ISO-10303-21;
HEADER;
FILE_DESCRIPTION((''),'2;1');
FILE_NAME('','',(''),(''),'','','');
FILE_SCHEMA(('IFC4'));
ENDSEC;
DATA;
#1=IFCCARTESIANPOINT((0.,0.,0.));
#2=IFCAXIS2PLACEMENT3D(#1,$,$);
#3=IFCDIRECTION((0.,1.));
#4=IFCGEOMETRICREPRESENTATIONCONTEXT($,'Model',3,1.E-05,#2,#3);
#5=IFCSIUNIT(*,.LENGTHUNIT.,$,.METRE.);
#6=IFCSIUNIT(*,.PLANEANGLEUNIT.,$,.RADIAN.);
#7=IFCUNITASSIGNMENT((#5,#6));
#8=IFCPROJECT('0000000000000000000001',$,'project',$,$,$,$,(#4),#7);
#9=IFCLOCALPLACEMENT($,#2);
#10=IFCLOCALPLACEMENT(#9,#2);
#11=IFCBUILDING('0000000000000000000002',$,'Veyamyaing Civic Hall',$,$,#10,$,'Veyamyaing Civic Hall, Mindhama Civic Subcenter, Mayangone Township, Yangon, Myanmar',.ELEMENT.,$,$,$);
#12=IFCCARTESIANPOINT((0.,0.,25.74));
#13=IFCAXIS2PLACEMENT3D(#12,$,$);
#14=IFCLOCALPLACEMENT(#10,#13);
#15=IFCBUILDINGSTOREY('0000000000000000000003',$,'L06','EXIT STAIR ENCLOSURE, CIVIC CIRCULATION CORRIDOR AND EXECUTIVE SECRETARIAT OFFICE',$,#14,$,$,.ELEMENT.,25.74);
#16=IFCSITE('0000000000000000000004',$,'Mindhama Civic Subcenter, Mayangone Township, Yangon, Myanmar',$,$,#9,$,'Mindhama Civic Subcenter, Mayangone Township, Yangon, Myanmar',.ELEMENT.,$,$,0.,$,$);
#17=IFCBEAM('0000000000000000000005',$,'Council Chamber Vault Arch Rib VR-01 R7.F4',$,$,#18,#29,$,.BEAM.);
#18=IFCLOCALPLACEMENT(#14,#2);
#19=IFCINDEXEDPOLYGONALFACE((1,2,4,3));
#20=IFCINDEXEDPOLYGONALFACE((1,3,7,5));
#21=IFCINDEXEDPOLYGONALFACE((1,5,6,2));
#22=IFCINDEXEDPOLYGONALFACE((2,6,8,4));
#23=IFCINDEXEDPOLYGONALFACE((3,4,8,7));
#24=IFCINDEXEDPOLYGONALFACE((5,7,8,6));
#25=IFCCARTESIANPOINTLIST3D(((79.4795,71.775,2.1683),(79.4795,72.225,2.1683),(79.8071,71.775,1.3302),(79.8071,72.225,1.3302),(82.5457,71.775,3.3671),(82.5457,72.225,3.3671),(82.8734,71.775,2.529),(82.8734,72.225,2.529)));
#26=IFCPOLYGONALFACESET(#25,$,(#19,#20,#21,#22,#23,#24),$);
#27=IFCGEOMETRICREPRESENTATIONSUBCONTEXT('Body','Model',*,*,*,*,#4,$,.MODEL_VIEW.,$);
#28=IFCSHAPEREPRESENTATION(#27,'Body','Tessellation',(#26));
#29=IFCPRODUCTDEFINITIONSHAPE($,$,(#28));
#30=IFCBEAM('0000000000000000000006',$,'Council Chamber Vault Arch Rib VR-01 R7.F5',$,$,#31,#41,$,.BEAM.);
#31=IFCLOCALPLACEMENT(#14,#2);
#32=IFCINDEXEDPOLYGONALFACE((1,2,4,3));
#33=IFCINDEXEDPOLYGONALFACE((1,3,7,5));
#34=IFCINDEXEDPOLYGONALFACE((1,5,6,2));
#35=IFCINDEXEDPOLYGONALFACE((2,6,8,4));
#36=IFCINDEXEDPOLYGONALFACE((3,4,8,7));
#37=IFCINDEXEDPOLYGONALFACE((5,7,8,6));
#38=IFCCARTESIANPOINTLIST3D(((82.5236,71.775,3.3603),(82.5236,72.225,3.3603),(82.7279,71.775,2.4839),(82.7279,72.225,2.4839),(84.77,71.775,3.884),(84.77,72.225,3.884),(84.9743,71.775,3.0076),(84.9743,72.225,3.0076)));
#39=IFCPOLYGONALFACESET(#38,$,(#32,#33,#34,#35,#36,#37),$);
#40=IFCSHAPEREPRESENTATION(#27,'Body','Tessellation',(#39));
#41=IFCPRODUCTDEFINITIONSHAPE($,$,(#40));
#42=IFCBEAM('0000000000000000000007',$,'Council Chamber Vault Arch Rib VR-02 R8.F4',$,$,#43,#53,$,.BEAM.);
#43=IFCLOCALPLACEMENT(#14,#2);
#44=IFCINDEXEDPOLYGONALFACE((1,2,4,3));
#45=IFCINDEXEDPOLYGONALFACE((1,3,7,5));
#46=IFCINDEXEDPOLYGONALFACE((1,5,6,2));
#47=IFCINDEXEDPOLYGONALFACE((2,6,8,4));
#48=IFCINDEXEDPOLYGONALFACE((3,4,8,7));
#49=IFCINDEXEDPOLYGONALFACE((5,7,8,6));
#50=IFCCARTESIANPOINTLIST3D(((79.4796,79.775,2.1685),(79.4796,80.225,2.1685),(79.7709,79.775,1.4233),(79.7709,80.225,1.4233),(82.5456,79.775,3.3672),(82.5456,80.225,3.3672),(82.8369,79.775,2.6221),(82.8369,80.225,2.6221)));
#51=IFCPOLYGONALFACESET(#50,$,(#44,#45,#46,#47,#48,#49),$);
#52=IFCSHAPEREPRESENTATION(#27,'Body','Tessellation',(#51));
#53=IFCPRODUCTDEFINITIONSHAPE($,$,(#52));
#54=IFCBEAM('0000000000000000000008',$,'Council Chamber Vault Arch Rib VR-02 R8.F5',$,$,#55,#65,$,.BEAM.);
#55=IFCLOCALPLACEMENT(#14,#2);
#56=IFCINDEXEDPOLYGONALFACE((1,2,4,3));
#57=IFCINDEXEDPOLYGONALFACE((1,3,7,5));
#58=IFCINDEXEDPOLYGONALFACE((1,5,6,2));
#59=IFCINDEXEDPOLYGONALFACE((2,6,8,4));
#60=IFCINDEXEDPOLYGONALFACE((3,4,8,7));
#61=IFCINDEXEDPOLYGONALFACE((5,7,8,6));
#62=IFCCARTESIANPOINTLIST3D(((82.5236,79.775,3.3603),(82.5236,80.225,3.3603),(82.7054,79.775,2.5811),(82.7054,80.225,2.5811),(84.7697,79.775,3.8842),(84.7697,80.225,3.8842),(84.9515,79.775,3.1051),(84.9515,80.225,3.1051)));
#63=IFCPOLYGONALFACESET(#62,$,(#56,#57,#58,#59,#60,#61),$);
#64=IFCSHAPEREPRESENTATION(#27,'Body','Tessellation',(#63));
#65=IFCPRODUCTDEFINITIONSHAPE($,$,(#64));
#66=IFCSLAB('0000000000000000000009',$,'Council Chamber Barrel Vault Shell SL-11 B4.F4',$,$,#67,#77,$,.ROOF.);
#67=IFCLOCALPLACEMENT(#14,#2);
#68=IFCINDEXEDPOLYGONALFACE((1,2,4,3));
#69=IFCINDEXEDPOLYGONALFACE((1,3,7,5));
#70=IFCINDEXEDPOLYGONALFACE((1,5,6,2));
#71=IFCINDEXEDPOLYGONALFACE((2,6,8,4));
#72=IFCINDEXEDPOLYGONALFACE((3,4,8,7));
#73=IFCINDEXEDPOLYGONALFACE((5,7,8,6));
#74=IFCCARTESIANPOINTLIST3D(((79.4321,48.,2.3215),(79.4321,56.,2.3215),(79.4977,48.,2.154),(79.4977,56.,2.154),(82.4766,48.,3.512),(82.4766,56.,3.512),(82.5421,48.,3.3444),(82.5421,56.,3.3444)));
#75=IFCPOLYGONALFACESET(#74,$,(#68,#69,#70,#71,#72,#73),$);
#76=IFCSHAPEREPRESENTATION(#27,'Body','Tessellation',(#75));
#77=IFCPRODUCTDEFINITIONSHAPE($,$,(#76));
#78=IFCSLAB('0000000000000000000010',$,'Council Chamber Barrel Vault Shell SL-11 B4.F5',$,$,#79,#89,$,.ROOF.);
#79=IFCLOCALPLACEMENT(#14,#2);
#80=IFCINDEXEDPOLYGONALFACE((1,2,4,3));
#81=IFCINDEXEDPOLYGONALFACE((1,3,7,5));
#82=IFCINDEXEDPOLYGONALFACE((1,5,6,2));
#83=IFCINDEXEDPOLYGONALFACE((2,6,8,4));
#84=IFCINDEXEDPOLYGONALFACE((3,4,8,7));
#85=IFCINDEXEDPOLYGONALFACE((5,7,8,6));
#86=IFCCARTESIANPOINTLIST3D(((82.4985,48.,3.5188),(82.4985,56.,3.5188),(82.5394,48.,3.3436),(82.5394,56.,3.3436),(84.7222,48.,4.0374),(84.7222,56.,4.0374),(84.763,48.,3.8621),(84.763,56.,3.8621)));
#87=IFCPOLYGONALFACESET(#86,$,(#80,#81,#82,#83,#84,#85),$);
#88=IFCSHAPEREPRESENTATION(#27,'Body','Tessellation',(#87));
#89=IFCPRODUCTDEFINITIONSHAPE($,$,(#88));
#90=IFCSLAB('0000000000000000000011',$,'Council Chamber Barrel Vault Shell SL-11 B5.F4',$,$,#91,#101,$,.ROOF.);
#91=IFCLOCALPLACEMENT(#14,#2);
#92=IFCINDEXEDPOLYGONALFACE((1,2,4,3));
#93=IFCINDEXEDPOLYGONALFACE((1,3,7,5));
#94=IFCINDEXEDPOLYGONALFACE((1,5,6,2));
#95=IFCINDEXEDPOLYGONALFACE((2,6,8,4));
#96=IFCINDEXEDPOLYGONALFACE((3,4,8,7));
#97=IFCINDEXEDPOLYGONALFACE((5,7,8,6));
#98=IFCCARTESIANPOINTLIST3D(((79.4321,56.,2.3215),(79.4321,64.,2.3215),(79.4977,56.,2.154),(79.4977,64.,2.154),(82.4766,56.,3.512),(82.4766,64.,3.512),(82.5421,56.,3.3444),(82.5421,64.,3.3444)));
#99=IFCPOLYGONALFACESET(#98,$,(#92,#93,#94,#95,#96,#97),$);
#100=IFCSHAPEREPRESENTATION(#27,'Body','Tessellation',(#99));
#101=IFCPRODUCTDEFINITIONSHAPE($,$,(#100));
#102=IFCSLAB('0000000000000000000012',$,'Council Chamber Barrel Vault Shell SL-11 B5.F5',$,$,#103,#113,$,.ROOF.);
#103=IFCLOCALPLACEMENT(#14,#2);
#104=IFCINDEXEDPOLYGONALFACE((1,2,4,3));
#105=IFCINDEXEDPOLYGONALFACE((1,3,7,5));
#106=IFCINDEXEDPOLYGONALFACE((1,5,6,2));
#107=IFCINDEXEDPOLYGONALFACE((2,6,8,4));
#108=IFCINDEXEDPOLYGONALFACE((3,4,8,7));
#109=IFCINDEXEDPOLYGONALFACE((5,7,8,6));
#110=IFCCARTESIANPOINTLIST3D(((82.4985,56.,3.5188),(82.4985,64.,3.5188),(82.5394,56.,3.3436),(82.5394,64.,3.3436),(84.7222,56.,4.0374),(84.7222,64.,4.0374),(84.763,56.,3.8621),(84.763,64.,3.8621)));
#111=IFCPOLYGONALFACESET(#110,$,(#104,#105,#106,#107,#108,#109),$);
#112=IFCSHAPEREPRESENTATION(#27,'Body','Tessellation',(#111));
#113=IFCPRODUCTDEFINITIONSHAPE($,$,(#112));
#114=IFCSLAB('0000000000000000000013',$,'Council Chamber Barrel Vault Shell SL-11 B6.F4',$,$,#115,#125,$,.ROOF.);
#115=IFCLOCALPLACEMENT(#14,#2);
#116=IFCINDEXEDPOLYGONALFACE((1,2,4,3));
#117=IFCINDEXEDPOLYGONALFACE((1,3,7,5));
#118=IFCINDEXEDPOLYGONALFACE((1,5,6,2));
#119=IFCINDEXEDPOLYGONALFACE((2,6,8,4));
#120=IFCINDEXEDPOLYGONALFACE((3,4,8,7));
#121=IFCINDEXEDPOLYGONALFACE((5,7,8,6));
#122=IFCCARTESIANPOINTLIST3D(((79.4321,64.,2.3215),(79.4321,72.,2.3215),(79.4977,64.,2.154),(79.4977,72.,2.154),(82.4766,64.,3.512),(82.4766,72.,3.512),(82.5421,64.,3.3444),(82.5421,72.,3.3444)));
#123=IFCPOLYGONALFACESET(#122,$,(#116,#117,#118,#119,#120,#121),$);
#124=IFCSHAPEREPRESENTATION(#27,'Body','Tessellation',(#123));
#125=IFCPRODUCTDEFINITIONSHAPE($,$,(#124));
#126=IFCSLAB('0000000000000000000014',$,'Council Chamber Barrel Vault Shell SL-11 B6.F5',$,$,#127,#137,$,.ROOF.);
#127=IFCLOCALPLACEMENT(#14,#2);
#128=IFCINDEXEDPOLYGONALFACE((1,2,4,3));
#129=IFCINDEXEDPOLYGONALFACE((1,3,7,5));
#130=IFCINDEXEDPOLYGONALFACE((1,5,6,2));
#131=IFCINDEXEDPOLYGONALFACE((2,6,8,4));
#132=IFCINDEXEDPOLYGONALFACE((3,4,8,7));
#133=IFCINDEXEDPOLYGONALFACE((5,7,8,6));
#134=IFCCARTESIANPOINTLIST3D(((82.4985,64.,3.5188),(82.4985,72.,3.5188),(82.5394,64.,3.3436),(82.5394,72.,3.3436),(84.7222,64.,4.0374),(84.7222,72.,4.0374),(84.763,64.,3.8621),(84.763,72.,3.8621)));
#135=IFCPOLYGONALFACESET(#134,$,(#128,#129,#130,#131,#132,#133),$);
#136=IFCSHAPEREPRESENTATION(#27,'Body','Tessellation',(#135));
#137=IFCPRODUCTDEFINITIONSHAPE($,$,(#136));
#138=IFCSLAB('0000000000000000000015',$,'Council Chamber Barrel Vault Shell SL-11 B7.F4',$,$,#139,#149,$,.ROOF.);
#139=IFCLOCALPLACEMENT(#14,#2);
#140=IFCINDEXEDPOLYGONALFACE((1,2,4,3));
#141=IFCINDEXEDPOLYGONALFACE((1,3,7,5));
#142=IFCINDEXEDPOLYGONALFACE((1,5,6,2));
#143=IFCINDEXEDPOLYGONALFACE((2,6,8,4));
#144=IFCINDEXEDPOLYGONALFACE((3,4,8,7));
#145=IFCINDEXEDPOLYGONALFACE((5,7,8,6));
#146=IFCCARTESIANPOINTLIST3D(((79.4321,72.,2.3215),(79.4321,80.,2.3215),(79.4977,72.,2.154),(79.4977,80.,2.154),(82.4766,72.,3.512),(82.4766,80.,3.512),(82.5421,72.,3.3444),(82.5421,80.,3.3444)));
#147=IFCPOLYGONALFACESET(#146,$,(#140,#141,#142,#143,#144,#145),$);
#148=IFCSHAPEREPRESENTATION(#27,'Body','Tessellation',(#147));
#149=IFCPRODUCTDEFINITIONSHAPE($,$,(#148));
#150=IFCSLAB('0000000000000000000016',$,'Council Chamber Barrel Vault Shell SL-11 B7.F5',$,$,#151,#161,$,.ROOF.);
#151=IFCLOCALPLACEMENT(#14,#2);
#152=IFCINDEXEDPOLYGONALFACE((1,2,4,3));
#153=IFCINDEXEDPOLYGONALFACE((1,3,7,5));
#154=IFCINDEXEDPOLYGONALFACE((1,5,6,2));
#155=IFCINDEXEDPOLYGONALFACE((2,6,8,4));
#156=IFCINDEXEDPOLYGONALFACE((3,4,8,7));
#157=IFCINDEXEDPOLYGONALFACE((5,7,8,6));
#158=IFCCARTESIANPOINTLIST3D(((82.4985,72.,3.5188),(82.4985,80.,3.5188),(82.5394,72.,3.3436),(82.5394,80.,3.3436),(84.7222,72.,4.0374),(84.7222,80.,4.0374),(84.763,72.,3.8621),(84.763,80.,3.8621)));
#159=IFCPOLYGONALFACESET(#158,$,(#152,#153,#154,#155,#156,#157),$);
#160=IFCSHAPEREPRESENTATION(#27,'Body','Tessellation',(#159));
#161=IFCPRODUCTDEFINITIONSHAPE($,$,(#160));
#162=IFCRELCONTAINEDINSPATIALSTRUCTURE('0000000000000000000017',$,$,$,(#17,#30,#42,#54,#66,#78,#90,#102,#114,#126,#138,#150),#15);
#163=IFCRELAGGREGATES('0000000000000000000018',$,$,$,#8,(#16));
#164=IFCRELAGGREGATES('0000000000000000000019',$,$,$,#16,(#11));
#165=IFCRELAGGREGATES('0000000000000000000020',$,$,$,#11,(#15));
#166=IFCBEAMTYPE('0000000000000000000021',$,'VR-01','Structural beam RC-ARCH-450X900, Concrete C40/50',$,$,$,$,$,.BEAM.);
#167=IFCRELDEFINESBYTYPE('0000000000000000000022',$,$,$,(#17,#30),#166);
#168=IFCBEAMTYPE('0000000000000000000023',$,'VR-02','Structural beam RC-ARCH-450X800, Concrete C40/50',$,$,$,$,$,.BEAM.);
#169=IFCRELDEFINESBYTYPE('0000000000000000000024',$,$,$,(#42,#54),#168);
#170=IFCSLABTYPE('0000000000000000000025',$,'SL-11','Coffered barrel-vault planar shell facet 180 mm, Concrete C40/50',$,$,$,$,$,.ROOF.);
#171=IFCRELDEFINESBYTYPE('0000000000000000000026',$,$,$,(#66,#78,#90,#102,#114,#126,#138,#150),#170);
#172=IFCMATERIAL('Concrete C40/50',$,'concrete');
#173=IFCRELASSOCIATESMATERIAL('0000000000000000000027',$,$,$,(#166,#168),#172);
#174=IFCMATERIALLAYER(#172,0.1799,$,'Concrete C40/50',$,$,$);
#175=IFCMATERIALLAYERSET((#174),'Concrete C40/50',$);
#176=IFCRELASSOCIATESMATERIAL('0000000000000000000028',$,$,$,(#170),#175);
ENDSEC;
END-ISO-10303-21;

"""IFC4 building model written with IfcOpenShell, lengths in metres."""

from ifc_helpers import new_model, si_unit, direction, frame, origin, origin_2d, place, context, subcontext, project, spatial, polyline, rectangle, outline, extrude, material, layer, layer_set, material_profile, profile_set, type_object, element, save


model = new_model("IFC4")

# Units and contexts
model_context = context("Model", 3, precision=1e-05, world=origin(), true_north=direction((0.0, 1.0)))
body_context = subcontext(model_context, "Body", "Model", "MODEL_VIEW")
ifc_project = project(units=[si_unit("LENGTHUNIT", "METRE"), si_unit("PLANEANGLEUNIT", "RADIAN")], contexts=[model_context])

# Site, building, storey
site_placement = place(None, origin())
site = spatial("IfcSite", under=ifc_project, at=site_placement, Name="Mindhama Civic Subcenter, Mayangone Township, Yangon, Myanmar", LongName="Mindhama Civic Subcenter, Mayangone Township, Yangon, Myanmar", CompositionType="ELEMENT", RefElevation=0.0)
building_placement = place(site_placement, origin())
building = spatial("IfcBuilding", under=site, at=building_placement, Name="Veyamyaing Civic Hall", LongName="Veyamyaing Civic Hall, Mindhama Civic Subcenter, Mayangone Township, Yangon, Myanmar", CompositionType="ELEMENT")
storey_placement = place(building_placement, frame((0.0, 0.0, 25.74)))
storey = spatial("IfcBuildingStorey", under=building, at=storey_placement, Name="L06", Description="EXIT STAIR ENCLOSURE, CIVIC CIRCULATION CORRIDOR AND EXECUTIVE SECRETARIAT OFFICE", CompositionType="ELEMENT", Elevation=25.74)

# Beams
ifc_material = material(Name="Concrete C40/50", Category="concrete")
ifc_material_profile_1 = material_profile(ifc_material, rectangle(XDim=0.45, YDim=0.8999, at=origin_2d()), Name="RC-ARCH-450X900")
ifc_profile_set_1 = profile_set([ifc_material_profile_1], Name="Concrete C40/50")
beam_type_1 = type_object("IfcBeamType", Name="VR-01", Description="Structural beam RC-ARCH-450X900, Concrete C40/50", PredefinedType="BEAM", material=ifc_profile_set_1)
beam_1_placement = place(storey_placement, frame((79.6433, 72.0, 1.7493), z_axis=(0.931353, 0.0, 0.364117), x_axis=(0.0, 1.0, 0.0)))
element("IfcBeam", 1, at=beam_1_placement, inside=storey, type_object=beam_type_1, Name="Council Chamber Vault Arch Rib VR-01 R7.F4", PredefinedType="BEAM", context=body_context, shape_type="SweptSolid", body=[
    extrude(rectangle(XDim=0.45, YDim=0.8999, at=origin_2d()), origin(), (0.0, 0.0, 1.0), 3.2922),
])
beam_2_placement = place(storey_placement, frame((82.6257, 72.0, 2.9221), z_axis=(0.973886, 0.0, 0.227039), x_axis=(0.0, 1.0, 0.0)))
element("IfcBeam", 2, at=beam_2_placement, inside=storey, type_object=beam_type_1, Name="Council Chamber Vault Arch Rib VR-01 R7.F5", PredefinedType="BEAM", context=body_context, shape_type="SweptSolid", body=[
    extrude(rectangle(XDim=0.45, YDim=0.8999, at=origin_2d()), origin(), (0.0, 0.0, 1.0), 2.3066),
])
ifc_material_profile_2 = material_profile(ifc_material, rectangle(XDim=0.45, YDim=0.8, at=origin_2d()), Name="RC-ARCH-450X800")
ifc_profile_set_2 = profile_set([ifc_material_profile_2], Name="Concrete C40/50")
beam_type_2 = type_object("IfcBeamType", Name="VR-02", Description="Structural beam RC-ARCH-450X800, Concrete C40/50", PredefinedType="BEAM", material=ifc_profile_set_2)
beam_3_placement = place(storey_placement, frame((79.6252, 80.0, 1.7959), z_axis=(0.931343, 0.0, 0.364142), x_axis=(0.0, 1.0, 0.0)))
element("IfcBeam", 3, at=beam_3_placement, inside=storey, type_object=beam_type_2, Name="Council Chamber Vault Arch Rib VR-02 R8.F4", PredefinedType="BEAM", context=body_context, shape_type="SweptSolid", body=[
    extrude(rectangle(XDim=0.45, YDim=0.8, at=origin_2d()), origin(), (0.0, 0.0, 1.0), 3.292),
])
beam_4_placement = place(storey_placement, frame((82.6145, 80.0, 2.9707), z_axis=(0.973857, 0.0, 0.227163), x_axis=(0.0, 1.0, 0.0)))
element("IfcBeam", 4, at=beam_4_placement, inside=storey, type_object=beam_type_2, Name="Council Chamber Vault Arch Rib VR-02 R8.F5", PredefinedType="BEAM", context=body_context, shape_type="SweptSolid", body=[
    extrude(rectangle(XDim=0.45, YDim=0.8, at=origin_2d()), origin(), (0.0, 0.0, 1.0), 2.3064),
])

# Slabs
ifc_layer = layer(ifc_material, 0.1799, Name="Concrete C40/50")
ifc_layer_set = layer_set([ifc_layer], Name="Concrete C40/50")
slab_type = type_object("IfcSlabType", Name="SL-11", Description="Coffered barrel-vault planar shell facet 180 mm, Concrete C40/50", PredefinedType="ROOF", material=ifc_layer_set)
slab_1_placement = place(storey_placement, frame((79.4321, 48.0, 2.3215), z_axis=(-0.364168, 0.0, 0.931333), x_axis=(0.931333, 0.0, 0.364168)))
element("IfcSlab", 5, at=slab_1_placement, inside=storey, type_object=slab_type, Name="Council Chamber Barrel Vault Shell SL-11 B4.F4", PredefinedType="ROOF", context=body_context, shape_type="SweptSolid", body=[
    extrude(outline(polyline([(0.0, 0.0), (3.2689, 0.0), (3.2689, 8.0), (0.0, 8.0), (0.0, 0.0)])), origin(), (0.0, 0.0, -1.0), 0.1799),
])
slab_2_placement = place(storey_placement, frame((82.4985, 48.0, 3.5188), z_axis=(-0.227108, 0.0, 0.97387), x_axis=(0.97387, 0.0, 0.227108)))
element("IfcSlab", 6, at=slab_2_placement, inside=storey, type_object=slab_type, Name="Council Chamber Barrel Vault Shell SL-11 B4.F5", PredefinedType="ROOF", context=body_context, shape_type="SweptSolid", body=[
    extrude(outline(polyline([(0.0, 0.0), (2.2833, 0.0), (2.2833, 8.0), (0.0, 8.0), (0.0, 0.0)])), origin(), (0.0, 0.0, -1.0), 0.1799),
])
slab_3_placement = place(storey_placement, frame((79.4321, 56.0, 2.3215), z_axis=(-0.364168, 0.0, 0.931333), x_axis=(0.931333, 0.0, 0.364168)))
element("IfcSlab", 7, at=slab_3_placement, inside=storey, type_object=slab_type, Name="Council Chamber Barrel Vault Shell SL-11 B5.F4", PredefinedType="ROOF", context=body_context, shape_type="SweptSolid", body=[
    extrude(outline(polyline([(0.0, 0.0), (3.2689, 0.0), (3.2689, 8.0), (0.0, 8.0), (0.0, 0.0)])), origin(), (0.0, 0.0, -1.0), 0.1799),
])
slab_4_placement = place(storey_placement, frame((82.4985, 56.0, 3.5188), z_axis=(-0.227108, 0.0, 0.97387), x_axis=(0.97387, 0.0, 0.227108)))
element("IfcSlab", 8, at=slab_4_placement, inside=storey, type_object=slab_type, Name="Council Chamber Barrel Vault Shell SL-11 B5.F5", PredefinedType="ROOF", context=body_context, shape_type="SweptSolid", body=[
    extrude(outline(polyline([(0.0, 0.0), (2.2833, 0.0), (2.2833, 8.0), (0.0, 8.0), (0.0, 0.0)])), origin(), (0.0, 0.0, -1.0), 0.1799),
])
slab_5_placement = place(storey_placement, frame((79.4321, 64.0, 2.3215), z_axis=(-0.364168, 0.0, 0.931333), x_axis=(0.931333, 0.0, 0.364168)))
element("IfcSlab", 9, at=slab_5_placement, inside=storey, type_object=slab_type, Name="Council Chamber Barrel Vault Shell SL-11 B6.F4", PredefinedType="ROOF", context=body_context, shape_type="SweptSolid", body=[
    extrude(outline(polyline([(0.0, 0.0), (3.2689, 0.0), (3.2689, 8.0), (0.0, 8.0), (0.0, 0.0)])), origin(), (0.0, 0.0, -1.0), 0.1799),
])
slab_6_placement = place(storey_placement, frame((82.4985, 64.0, 3.5188), z_axis=(-0.227108, 0.0, 0.97387), x_axis=(0.97387, 0.0, 0.227108)))
element("IfcSlab", 10, at=slab_6_placement, inside=storey, type_object=slab_type, Name="Council Chamber Barrel Vault Shell SL-11 B6.F5", PredefinedType="ROOF", context=body_context, shape_type="SweptSolid", body=[
    extrude(outline(polyline([(0.0, 0.0), (2.2833, 0.0), (2.2833, 8.0), (0.0, 8.0), (0.0, 0.0)])), origin(), (0.0, 0.0, -1.0), 0.1799),
])
slab_7_placement = place(storey_placement, frame((79.4321, 72.0, 2.3215), z_axis=(-0.364168, 0.0, 0.931333), x_axis=(0.931333, 0.0, 0.364168)))
element("IfcSlab", 11, at=slab_7_placement, inside=storey, type_object=slab_type, Name="Council Chamber Barrel Vault Shell SL-11 B7.F4", PredefinedType="ROOF", context=body_context, shape_type="SweptSolid", body=[
    extrude(outline(polyline([(0.0, 0.0), (3.2689, 0.0), (3.2689, 8.0), (0.0, 8.0), (0.0, 0.0)])), origin(), (0.0, 0.0, -1.0), 0.1799),
])
slab_8_placement = place(storey_placement, frame((82.4985, 72.0, 3.5188), z_axis=(-0.227108, 0.0, 0.97387), x_axis=(0.97387, 0.0, 0.227108)))
element("IfcSlab", 12, at=slab_8_placement, inside=storey, type_object=slab_type, Name="Council Chamber Barrel Vault Shell SL-11 B7.F5", PredefinedType="ROOF", context=body_context, shape_type="SweptSolid", body=[
    extrude(outline(polyline([(0.0, 0.0), (2.2833, 0.0), (2.2833, 8.0), (0.0, 8.0), (0.0, 0.0)])), origin(), (0.0, 0.0, -1.0), 0.1799),
])

save(model, "model.ifc")
